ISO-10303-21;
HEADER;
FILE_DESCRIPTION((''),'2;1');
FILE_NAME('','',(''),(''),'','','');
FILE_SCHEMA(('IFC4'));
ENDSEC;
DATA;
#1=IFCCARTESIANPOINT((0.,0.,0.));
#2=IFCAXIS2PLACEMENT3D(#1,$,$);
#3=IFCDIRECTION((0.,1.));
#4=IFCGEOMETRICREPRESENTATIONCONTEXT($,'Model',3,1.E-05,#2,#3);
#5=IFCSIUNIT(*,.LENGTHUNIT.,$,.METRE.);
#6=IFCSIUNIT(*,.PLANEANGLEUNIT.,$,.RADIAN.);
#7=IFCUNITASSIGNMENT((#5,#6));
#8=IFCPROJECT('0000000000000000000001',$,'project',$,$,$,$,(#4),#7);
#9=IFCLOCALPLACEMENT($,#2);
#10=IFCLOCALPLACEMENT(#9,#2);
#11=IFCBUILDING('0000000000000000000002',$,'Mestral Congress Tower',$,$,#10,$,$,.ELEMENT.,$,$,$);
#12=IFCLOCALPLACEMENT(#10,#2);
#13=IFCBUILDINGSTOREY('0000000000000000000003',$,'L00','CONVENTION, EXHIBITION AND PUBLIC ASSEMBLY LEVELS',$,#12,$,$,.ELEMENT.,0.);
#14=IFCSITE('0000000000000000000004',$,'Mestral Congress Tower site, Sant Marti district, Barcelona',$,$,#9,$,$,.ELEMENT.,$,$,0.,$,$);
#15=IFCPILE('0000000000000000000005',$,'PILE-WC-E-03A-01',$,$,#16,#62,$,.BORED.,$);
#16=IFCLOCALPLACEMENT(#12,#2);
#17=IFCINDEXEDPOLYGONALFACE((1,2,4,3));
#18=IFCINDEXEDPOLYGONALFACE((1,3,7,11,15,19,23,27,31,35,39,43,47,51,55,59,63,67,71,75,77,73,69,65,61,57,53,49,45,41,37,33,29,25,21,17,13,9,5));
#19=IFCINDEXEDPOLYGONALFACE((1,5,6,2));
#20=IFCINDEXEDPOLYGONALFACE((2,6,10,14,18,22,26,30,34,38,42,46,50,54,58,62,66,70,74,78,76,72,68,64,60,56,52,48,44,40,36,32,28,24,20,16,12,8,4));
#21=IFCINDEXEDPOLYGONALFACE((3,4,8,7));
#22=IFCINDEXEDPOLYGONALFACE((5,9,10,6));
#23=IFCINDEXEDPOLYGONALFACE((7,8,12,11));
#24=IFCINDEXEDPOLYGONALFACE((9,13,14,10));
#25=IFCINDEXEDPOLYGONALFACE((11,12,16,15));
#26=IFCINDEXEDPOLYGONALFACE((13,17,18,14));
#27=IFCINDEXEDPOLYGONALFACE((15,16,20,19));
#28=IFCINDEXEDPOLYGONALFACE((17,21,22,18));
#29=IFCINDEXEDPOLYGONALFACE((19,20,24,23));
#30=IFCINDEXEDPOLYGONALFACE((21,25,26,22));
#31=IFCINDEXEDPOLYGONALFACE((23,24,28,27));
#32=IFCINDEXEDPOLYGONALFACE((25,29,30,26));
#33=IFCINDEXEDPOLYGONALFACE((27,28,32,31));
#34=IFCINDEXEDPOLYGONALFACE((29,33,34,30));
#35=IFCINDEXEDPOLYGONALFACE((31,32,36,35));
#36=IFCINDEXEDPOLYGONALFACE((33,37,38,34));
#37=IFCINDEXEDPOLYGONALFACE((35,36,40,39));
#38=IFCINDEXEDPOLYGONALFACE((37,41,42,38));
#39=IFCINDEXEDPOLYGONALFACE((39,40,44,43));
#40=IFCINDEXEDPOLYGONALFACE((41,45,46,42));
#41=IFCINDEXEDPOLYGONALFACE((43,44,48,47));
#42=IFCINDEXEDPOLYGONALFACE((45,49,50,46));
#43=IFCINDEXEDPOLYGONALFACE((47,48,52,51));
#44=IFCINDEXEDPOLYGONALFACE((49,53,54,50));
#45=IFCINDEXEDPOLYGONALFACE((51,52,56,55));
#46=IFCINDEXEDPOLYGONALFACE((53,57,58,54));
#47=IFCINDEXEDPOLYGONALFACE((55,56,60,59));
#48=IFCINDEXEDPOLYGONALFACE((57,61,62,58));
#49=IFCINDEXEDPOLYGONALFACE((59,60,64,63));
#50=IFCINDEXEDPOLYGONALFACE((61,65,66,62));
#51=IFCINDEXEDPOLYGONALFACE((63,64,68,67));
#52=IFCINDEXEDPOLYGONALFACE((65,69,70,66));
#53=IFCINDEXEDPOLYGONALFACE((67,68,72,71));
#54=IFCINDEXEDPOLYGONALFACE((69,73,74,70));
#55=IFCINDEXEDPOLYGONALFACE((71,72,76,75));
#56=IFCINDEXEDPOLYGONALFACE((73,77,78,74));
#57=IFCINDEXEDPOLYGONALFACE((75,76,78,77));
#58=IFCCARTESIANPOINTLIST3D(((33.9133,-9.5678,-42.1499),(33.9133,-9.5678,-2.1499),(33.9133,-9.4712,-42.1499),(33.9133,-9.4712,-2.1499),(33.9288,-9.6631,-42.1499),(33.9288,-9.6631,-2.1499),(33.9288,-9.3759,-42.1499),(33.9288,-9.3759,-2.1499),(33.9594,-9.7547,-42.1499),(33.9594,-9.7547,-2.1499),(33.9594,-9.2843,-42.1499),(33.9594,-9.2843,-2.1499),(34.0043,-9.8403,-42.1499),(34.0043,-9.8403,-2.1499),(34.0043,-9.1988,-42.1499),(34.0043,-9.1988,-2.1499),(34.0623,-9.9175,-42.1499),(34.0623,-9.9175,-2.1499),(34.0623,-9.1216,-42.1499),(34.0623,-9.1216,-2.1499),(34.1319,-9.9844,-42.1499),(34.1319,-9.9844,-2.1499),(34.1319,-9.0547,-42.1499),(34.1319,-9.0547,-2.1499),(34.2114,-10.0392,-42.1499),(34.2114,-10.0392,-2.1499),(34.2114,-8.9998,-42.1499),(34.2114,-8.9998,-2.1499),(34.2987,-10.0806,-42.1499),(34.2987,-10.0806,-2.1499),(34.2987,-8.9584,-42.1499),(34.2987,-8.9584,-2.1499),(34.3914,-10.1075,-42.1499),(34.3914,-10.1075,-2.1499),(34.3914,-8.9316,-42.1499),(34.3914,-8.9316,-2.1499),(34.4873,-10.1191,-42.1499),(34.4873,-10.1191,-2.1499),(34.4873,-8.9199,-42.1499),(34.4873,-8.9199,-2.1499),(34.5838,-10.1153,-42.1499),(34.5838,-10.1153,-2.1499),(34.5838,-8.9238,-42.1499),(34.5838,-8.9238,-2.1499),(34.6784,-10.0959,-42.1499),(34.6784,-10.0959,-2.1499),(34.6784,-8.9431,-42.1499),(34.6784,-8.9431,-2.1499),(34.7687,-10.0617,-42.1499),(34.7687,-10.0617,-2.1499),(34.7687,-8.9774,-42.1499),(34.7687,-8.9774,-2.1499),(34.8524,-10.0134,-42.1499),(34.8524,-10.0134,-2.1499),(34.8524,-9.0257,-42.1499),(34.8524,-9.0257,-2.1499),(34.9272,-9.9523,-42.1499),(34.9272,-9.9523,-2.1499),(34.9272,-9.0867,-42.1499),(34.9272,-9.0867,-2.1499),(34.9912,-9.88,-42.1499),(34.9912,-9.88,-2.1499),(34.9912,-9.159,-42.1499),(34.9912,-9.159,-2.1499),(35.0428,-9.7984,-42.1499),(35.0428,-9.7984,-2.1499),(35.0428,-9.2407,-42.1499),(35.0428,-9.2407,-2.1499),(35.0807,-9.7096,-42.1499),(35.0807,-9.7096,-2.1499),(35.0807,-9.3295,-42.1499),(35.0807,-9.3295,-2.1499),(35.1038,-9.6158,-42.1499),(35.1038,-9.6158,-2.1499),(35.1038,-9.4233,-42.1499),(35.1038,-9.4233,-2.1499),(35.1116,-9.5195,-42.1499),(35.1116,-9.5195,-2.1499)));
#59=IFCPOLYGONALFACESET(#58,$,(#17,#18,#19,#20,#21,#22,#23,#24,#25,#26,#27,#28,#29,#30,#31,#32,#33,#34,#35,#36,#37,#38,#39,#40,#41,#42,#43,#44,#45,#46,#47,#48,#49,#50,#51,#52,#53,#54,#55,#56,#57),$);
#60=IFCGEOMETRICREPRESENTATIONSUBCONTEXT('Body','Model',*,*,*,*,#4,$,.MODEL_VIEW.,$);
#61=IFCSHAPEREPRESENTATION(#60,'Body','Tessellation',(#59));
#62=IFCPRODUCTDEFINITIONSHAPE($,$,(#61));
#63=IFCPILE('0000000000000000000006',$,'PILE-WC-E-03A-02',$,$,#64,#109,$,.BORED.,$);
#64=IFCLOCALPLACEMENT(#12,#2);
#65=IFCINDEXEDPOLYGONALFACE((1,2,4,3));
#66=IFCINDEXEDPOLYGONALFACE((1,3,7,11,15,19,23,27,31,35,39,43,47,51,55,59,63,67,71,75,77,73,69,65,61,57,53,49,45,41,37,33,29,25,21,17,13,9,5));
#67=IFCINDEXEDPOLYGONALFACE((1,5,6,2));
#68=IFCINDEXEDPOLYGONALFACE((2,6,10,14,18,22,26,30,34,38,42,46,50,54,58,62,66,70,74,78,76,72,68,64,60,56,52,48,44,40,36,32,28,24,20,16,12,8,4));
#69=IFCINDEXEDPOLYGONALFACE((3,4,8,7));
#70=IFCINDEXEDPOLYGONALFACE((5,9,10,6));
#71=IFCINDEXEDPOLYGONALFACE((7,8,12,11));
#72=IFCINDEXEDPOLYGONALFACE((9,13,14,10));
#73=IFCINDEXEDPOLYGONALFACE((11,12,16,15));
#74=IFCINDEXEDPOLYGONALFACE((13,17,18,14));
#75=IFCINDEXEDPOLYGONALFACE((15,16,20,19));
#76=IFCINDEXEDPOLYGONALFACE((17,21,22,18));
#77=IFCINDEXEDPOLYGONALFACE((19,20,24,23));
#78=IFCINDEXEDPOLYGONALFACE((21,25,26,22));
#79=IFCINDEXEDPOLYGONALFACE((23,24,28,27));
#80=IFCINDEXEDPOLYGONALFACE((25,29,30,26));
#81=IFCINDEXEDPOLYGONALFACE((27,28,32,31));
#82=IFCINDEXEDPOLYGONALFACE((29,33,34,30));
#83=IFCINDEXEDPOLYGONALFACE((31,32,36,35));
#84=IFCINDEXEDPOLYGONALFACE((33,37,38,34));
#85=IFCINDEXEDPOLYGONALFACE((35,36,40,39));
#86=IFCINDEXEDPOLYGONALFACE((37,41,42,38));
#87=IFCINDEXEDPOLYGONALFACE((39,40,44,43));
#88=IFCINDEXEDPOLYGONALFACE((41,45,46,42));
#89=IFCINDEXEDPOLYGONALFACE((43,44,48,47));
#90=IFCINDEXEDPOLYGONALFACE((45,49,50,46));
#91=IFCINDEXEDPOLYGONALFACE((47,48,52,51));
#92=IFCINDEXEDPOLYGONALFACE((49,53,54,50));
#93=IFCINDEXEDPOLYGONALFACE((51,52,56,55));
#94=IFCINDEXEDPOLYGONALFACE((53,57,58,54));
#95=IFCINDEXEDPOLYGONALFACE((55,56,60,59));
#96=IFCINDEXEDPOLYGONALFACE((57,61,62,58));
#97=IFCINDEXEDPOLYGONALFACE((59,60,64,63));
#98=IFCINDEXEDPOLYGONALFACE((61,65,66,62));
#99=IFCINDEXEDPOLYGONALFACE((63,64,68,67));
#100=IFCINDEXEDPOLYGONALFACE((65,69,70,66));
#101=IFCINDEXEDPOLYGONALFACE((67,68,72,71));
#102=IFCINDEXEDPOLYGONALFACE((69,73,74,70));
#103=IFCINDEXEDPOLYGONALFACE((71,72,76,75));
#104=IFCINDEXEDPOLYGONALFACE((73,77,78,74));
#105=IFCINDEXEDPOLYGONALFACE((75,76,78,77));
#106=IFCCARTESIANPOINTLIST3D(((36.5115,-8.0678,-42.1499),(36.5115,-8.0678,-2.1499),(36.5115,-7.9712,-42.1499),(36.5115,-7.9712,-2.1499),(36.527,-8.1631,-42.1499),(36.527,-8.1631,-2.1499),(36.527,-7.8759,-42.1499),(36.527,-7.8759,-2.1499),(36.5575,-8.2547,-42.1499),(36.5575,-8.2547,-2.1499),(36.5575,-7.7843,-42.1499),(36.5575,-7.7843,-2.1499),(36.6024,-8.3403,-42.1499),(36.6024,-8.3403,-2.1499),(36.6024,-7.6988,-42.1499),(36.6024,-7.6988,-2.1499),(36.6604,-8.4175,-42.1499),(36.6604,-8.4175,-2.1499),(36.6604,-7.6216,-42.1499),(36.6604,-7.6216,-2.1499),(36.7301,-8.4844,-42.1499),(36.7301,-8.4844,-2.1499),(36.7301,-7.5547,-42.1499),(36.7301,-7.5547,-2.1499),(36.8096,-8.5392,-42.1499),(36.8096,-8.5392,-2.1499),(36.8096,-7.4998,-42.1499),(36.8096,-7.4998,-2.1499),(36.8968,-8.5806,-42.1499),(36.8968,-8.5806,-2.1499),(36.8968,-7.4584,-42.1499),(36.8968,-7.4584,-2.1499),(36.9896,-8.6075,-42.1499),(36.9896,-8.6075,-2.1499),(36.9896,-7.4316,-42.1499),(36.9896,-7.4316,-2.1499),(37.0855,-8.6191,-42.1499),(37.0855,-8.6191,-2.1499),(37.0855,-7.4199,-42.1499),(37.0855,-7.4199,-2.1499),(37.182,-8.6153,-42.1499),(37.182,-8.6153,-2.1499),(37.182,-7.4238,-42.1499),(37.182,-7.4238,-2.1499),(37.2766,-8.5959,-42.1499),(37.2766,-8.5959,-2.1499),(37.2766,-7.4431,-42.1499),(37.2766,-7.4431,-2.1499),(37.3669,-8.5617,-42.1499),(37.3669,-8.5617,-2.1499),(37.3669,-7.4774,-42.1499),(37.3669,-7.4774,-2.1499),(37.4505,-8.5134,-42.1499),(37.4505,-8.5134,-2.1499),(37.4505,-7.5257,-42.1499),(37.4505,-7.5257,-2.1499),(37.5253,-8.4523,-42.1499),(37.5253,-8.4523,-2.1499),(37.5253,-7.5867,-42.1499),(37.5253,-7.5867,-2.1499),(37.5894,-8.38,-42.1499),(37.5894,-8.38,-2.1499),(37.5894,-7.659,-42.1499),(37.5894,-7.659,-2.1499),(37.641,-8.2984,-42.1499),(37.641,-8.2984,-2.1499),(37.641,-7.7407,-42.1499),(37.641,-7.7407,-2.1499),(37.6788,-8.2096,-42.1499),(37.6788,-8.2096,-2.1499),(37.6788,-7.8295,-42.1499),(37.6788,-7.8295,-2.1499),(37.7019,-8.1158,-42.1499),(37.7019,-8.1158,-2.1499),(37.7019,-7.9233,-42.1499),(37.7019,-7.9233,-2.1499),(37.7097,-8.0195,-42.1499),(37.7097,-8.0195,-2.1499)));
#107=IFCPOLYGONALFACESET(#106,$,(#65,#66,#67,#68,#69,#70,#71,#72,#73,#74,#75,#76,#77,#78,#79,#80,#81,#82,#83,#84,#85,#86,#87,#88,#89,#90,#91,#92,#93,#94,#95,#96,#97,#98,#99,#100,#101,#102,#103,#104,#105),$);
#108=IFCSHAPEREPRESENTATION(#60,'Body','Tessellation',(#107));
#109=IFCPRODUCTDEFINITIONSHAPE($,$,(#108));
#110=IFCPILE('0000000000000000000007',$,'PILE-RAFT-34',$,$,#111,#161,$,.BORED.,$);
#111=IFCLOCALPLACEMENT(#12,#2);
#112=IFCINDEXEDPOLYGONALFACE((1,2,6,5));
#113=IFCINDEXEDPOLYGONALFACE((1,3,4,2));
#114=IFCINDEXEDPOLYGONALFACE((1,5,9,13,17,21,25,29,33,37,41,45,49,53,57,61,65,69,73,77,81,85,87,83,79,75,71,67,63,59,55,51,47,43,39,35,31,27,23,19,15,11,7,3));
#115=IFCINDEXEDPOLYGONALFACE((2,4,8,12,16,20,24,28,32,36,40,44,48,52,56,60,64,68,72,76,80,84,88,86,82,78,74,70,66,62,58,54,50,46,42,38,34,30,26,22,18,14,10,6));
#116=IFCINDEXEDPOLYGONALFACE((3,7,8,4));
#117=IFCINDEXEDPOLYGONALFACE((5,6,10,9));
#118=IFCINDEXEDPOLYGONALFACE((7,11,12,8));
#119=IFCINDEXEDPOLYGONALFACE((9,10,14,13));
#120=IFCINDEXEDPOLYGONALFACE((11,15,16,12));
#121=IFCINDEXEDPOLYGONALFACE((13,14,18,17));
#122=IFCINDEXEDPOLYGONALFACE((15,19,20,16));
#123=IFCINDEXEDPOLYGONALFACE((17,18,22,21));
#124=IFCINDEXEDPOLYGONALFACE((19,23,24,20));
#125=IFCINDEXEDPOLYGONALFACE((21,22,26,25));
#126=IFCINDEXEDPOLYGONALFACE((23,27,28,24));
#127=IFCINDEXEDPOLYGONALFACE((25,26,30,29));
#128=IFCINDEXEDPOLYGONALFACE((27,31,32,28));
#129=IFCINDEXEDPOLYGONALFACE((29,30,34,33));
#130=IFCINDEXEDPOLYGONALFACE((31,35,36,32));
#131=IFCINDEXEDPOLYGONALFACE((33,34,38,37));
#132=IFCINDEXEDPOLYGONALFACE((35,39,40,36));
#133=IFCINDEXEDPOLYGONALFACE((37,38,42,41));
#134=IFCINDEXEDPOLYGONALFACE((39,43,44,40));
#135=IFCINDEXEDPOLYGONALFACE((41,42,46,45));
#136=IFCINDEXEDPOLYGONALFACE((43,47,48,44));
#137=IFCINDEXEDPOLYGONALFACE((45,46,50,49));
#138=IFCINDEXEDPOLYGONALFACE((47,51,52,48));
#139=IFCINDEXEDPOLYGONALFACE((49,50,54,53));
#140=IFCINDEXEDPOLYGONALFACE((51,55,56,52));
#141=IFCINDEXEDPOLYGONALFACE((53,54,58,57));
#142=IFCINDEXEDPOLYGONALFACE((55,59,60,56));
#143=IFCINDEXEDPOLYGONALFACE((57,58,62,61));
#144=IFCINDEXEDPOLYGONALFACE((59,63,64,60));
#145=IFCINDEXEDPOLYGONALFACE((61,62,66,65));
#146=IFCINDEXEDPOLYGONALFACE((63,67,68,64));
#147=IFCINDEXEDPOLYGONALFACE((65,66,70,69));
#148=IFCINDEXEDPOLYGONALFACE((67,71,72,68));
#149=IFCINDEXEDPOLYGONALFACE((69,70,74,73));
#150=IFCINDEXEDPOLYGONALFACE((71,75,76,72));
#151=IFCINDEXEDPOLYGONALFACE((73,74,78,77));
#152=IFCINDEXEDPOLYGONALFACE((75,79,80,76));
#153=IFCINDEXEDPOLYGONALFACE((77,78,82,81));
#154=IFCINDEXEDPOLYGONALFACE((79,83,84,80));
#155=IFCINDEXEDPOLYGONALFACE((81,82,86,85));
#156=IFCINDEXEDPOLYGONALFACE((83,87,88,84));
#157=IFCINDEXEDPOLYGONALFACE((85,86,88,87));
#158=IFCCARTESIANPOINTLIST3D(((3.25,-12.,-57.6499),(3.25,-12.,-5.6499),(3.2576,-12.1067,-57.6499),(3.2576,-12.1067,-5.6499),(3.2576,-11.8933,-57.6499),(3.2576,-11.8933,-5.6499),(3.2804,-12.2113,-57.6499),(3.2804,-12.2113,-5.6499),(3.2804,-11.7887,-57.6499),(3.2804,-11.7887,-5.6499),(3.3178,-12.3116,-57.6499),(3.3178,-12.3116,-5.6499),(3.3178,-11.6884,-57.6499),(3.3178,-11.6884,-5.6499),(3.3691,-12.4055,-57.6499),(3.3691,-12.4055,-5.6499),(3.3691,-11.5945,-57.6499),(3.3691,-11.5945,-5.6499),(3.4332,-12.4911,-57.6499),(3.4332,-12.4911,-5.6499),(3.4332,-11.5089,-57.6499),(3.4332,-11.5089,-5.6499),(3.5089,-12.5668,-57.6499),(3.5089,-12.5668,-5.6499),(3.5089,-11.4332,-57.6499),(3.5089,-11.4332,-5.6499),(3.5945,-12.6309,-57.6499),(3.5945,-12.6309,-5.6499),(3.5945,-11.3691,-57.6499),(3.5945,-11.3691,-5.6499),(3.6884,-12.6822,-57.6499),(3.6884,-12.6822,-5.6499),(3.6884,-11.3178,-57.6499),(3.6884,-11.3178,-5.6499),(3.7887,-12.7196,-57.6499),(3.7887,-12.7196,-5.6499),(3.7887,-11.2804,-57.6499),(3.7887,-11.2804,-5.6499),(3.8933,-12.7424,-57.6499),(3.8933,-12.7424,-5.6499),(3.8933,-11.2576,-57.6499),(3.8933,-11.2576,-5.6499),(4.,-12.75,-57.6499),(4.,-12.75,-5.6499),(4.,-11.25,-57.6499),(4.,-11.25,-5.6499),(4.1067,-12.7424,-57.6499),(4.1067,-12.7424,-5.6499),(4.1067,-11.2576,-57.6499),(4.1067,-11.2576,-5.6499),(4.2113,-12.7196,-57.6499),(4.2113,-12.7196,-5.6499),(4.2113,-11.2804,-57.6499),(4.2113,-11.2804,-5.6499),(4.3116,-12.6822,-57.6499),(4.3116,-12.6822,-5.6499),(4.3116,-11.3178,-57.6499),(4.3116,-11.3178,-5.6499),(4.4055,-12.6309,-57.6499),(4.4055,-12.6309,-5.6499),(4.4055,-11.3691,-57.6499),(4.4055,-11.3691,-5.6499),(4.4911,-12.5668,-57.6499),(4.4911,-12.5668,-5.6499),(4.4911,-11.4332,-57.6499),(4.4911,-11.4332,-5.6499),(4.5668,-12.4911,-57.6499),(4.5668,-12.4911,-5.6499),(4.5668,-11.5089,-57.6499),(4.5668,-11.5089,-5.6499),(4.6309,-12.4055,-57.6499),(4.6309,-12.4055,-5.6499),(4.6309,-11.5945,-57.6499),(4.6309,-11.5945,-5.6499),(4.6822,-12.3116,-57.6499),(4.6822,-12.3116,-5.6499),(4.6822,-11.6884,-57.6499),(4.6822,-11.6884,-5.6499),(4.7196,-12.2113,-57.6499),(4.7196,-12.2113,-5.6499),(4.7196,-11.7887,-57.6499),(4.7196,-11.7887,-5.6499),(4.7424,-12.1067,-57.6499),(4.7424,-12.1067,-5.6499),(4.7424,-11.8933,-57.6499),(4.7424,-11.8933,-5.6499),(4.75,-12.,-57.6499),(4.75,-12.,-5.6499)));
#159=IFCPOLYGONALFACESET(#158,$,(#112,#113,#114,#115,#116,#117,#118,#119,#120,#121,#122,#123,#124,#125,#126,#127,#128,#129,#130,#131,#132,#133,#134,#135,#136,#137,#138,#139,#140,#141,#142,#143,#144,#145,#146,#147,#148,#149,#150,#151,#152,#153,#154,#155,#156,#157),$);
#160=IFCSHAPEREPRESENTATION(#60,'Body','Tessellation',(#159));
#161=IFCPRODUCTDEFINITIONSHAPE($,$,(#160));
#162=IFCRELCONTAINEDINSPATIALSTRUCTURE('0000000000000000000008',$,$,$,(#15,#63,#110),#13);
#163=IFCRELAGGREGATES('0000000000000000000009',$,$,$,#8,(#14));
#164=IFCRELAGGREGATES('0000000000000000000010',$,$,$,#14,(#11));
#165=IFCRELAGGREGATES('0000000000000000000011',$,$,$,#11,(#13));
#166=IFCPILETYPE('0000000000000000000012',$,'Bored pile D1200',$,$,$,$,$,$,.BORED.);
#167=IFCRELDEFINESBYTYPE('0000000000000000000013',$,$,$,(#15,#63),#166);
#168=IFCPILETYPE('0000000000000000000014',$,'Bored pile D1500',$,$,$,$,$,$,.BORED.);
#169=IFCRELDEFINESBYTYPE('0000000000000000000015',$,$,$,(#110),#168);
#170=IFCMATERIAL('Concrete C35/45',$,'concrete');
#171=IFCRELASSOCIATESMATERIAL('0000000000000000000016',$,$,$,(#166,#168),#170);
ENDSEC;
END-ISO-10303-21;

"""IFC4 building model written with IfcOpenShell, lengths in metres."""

from ifc_helpers import new_model, si_unit, direction, frame, origin, origin_2d, place, context, subcontext, project, spatial, circle, extrude, material, material_profile, profile_set, type_object, element, save


model = new_model("IFC4")

# Units and contexts
model_context = context("Model", 3, precision=1e-05, world=origin(), true_north=direction((0.0, 1.0)))
body_context = subcontext(model_context, "Body", "Model", "MODEL_VIEW")
ifc_project = project(units=[si_unit("LENGTHUNIT", "METRE"), si_unit("PLANEANGLEUNIT", "RADIAN")], contexts=[model_context])

# Site, building, storey
site_placement = place(None, origin())
site = spatial("IfcSite", under=ifc_project, at=site_placement, Name="Mestral Congress Tower site, Sant Marti district, Barcelona", CompositionType="ELEMENT", RefElevation=0.0)
building_placement = place(site_placement, origin())
building = spatial("IfcBuilding", under=site, at=building_placement, Name="Mestral Congress Tower", CompositionType="ELEMENT")
storey_placement = place(building_placement, origin())
storey = spatial("IfcBuildingStorey", under=building, at=storey_placement, Name="L00", Description="CONVENTION, EXHIBITION AND PUBLIC ASSEMBLY LEVELS", CompositionType="ELEMENT", Elevation=0.0)

# Piles
ifc_material_1 = material(Name="Concrete C35/45", Category="concrete")
ifc_material_profile_1 = material_profile(ifc_material_1, circle(Radius=0.6001, at=origin_2d()), Name="D1200")
ifc_profile_set_1 = profile_set([ifc_material_profile_1], Name="Concrete C35/45")
pile_type_1 = type_object("IfcPileType", Name="Bored pile D1200", PredefinedType="BORED", material=ifc_profile_set_1)
for number, where, z_axis, x_axis, name in (
    (1, (34.5115, -9.5195, -2.1499), (0.0, 0.0, -1.0), (1.0, 0.0, 0.0), "PILE-WC-E-03A-01"),
    (2, (37.1096, -8.0195, -2.1499), (0.0, 0.0, -1.0), (1.0, 0.0, 0.0), "PILE-WC-E-03A-02"),
):
    element("IfcPile", number, at=place(storey_placement, frame(where, z_axis=z_axis, x_axis=x_axis)), inside=storey, type_object=pile_type_1, Name=name, PredefinedType="BORED", context=body_context, shape_type="SweptSolid", body=[
        extrude(circle(Radius=0.6001, at=origin_2d()), origin(), (0.0, 0.0, 1.0), 40.0),
    ])
ifc_material_profile_2 = material_profile(ifc_material_1, circle(Radius=0.75, at=origin_2d()), Name="D1500")
ifc_profile_set_2 = profile_set([ifc_material_profile_2], Name="Concrete C35/45")
pile_type_2 = type_object("IfcPileType", Name="Bored pile D1500", PredefinedType="BORED", material=ifc_profile_set_2)
for number, where, z_axis, x_axis, name in (
    (3, (4.0, -12.0, -5.6499), (0.0, 0.0, -1.0), (1.0, 0.0, 0.0), "PILE-RAFT-34"),
):
    element("IfcPile", number, at=place(storey_placement, frame(where, z_axis=z_axis, x_axis=x_axis)), inside=storey, type_object=pile_type_2, Name=name, PredefinedType="BORED", context=body_context, shape_type="SweptSolid", body=[
        extrude(circle(Radius=0.75, at=origin_2d()), origin(), (0.0, 0.0, 1.0), 52.0),
    ])

save(model, "model.ifc")
